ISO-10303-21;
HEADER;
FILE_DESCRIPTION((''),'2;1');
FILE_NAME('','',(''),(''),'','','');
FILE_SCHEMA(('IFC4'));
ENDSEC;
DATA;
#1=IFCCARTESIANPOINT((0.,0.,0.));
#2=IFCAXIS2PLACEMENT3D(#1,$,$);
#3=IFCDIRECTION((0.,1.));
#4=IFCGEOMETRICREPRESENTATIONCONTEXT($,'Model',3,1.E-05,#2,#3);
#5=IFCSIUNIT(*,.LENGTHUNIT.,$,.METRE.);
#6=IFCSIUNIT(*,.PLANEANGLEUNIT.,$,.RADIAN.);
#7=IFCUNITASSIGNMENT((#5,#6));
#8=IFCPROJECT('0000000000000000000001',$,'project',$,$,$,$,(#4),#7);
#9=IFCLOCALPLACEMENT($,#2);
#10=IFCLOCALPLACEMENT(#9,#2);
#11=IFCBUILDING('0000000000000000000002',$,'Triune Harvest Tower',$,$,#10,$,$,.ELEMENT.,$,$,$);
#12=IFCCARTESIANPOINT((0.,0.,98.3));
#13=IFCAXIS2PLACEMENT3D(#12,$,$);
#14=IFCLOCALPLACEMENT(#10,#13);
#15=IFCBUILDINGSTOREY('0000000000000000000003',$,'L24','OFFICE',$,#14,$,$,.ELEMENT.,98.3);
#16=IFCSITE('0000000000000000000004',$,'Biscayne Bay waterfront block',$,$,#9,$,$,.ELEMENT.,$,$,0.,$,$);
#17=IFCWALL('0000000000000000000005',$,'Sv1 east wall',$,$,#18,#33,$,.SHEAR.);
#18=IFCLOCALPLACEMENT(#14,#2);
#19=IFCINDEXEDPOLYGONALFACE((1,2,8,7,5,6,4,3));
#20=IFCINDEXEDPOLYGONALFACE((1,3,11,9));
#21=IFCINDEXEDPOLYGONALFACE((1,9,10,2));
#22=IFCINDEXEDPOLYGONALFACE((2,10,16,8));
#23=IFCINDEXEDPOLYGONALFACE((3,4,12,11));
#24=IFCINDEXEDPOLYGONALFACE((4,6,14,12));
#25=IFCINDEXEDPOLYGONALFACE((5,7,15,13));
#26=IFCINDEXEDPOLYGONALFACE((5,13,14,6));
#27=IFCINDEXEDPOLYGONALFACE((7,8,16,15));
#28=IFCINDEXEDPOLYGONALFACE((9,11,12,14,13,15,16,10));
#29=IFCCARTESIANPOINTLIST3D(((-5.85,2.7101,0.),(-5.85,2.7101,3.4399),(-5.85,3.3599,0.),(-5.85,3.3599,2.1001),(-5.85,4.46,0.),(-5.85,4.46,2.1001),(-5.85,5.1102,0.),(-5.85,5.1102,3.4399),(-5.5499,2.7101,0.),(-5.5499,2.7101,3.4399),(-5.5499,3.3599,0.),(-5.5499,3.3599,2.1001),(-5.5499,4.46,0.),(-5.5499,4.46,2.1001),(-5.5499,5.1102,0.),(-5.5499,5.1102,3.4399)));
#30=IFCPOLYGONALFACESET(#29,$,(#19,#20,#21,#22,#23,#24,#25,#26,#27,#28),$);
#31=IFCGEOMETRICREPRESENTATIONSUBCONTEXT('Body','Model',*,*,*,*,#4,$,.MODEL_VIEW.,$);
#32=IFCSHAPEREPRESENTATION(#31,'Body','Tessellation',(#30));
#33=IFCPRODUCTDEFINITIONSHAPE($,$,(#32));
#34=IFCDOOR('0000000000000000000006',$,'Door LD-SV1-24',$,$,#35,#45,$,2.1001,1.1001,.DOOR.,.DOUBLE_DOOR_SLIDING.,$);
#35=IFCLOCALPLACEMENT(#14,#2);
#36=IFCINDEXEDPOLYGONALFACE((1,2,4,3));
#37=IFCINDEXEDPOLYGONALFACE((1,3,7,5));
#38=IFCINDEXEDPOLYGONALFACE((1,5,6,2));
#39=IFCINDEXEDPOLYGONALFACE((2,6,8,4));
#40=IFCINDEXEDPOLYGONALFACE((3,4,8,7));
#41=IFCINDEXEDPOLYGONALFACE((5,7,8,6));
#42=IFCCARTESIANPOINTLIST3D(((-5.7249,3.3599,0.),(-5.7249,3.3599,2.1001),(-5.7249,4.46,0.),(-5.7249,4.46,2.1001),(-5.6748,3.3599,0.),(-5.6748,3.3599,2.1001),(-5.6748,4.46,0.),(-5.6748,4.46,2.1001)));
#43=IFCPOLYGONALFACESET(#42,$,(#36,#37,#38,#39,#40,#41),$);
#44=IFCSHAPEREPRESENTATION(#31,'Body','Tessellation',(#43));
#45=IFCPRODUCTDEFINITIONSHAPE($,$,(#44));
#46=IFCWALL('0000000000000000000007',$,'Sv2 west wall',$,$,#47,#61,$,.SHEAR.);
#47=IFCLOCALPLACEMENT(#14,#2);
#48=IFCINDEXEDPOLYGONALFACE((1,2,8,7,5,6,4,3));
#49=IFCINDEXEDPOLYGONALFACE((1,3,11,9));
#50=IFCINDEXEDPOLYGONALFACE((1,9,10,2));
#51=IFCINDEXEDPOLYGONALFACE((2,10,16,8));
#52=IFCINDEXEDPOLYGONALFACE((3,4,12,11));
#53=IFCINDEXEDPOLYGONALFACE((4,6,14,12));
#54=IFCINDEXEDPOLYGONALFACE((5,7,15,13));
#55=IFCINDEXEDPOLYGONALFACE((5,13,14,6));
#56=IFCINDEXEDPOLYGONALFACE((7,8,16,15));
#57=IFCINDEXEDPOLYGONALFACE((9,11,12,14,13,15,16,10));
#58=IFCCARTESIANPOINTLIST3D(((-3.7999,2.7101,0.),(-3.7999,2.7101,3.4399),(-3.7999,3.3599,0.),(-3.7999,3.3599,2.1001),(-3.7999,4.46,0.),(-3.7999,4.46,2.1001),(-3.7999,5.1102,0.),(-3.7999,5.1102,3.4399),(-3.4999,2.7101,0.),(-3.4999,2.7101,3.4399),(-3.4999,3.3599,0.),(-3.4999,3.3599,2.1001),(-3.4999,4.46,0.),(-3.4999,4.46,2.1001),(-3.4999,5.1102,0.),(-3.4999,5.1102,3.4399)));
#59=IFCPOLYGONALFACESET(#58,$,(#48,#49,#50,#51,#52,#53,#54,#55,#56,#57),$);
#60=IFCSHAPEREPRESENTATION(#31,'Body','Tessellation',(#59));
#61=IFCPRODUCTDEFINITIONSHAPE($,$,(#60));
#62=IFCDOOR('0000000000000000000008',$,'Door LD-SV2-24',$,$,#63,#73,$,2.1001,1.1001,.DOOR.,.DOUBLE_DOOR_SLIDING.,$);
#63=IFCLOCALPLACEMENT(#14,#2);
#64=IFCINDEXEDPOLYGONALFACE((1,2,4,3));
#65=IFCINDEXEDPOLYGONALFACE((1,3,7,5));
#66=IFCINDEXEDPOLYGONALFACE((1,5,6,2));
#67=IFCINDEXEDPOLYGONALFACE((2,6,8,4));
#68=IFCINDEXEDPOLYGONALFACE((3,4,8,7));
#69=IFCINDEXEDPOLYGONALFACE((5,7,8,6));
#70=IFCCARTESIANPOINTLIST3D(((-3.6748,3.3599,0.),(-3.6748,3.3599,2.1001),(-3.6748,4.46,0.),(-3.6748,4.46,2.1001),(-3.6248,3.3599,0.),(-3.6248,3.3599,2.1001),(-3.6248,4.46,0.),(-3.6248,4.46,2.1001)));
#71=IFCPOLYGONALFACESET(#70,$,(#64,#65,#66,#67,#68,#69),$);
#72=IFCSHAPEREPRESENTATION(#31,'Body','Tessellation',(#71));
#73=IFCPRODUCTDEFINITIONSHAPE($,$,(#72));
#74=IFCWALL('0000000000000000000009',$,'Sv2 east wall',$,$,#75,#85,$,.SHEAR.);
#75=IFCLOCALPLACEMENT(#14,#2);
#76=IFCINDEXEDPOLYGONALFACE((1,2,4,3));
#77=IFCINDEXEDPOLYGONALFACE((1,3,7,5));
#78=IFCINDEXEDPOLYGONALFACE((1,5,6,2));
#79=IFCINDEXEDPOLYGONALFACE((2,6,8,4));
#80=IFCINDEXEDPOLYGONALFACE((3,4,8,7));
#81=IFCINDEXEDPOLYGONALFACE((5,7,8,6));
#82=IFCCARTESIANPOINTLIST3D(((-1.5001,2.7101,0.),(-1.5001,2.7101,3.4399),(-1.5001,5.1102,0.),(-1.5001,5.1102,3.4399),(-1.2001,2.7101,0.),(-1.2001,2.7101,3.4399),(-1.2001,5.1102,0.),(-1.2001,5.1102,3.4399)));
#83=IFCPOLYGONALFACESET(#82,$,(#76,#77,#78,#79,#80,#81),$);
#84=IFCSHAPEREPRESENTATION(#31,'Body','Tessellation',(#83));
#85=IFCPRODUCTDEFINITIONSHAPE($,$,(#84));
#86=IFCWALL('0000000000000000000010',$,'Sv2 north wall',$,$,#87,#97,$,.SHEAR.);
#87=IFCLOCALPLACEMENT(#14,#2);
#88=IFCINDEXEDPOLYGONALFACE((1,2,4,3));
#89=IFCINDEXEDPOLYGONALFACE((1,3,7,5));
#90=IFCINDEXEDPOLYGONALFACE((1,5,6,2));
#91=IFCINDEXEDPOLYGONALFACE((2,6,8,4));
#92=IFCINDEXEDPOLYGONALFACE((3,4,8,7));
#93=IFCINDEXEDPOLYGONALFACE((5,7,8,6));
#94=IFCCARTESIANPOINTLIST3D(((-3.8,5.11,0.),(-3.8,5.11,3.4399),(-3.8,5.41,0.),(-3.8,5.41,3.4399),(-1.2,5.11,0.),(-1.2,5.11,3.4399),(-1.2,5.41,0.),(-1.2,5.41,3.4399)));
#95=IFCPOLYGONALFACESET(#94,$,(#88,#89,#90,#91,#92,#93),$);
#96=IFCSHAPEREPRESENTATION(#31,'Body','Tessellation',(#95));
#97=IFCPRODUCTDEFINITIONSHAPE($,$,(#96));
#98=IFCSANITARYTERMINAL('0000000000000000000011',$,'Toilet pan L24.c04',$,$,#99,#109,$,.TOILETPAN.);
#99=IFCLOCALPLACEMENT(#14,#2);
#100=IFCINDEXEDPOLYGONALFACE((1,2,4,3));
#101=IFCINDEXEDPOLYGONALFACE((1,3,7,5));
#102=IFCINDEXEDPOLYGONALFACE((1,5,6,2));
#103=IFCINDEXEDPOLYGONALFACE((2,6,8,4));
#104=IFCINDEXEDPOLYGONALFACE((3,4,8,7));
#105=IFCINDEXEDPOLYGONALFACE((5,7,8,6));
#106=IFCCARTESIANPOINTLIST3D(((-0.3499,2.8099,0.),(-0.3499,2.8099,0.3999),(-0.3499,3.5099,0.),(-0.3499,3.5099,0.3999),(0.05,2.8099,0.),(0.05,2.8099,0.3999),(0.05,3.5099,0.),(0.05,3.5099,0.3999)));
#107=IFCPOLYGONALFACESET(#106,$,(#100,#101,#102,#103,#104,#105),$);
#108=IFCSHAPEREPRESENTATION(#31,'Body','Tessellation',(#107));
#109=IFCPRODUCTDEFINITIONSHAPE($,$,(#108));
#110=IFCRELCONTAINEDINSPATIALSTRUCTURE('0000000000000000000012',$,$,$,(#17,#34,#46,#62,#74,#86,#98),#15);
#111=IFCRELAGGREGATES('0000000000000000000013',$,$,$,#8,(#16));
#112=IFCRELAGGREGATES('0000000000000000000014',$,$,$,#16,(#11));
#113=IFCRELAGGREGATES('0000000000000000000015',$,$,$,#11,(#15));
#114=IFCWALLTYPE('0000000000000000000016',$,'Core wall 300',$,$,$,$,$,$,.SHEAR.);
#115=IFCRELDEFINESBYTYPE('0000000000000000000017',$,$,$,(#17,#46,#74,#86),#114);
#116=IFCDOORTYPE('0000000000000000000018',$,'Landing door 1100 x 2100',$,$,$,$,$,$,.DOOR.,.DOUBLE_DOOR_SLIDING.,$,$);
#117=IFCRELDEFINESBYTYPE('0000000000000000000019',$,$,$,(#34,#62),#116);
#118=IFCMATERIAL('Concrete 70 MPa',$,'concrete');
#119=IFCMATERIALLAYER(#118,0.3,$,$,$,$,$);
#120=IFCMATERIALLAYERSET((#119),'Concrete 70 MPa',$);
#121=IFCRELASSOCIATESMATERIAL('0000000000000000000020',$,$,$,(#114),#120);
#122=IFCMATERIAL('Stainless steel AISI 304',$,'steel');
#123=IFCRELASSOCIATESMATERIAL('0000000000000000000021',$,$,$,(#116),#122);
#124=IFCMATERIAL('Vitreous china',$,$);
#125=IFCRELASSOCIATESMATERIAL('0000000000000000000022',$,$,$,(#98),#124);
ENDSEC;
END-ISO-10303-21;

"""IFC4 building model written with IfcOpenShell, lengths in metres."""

from ifc_helpers import new_model, si_unit, direction, frame, frame_2d, origin, origin_2d, place, context, subcontext, project, spatial, rectangle, extrude, source, transform, mapped, material, layer, layer_set, type_object, element, fill, save


model = new_model("IFC4")

# Units and contexts
model_context = context("Model", 3, precision=1e-05, world=origin(), true_north=direction((0.0, 1.0)))
body_context = subcontext(model_context, "Body", "Model", "MODEL_VIEW")
ifc_project = project(units=[si_unit("LENGTHUNIT", "METRE"), si_unit("PLANEANGLEUNIT", "RADIAN")], contexts=[model_context])

# Site, building, storey
site_placement = place(None, origin())
site = spatial("IfcSite", under=ifc_project, at=site_placement, Name="Biscayne Bay waterfront block", CompositionType="ELEMENT", RefElevation=0.0)
building_placement = place(site_placement, origin())
building = spatial("IfcBuilding", under=site, at=building_placement, Name="Triune Harvest Tower", CompositionType="ELEMENT")
storey_placement = place(building_placement, frame((0.0, 0.0, 98.3)))
storey = spatial("IfcBuildingStorey", under=building, at=storey_placement, Name="L24", Description="OFFICE", CompositionType="ELEMENT", Elevation=98.3)

# Shared definitions
ifc_material_1 = material(Name="Concrete 70 MPa", Category="concrete")
ifc_layer_1 = layer(ifc_material_1, 0.3)
ifc_layer_set_1 = layer_set([ifc_layer_1], Name="Concrete 70 MPa")
wall_type_1 = type_object("IfcWallType", Name="Core wall 300", PredefinedType="SHEAR", material=ifc_layer_set_1)
shared_shape_1 = source(origin(), body_context, "Body", "SweptSolid", [
    extrude(rectangle(XDim=2.4001, YDim=0.3, at=frame_2d((1.2002, 0.0))), origin(), (0.0, 0.0, 1.0), 3.4399),
])

# Walls, openings, doors
wall_1_placement = place(storey_placement, frame((-5.7, 2.71, 0.0), z_axis=(0.0, 0.0, 1.0), x_axis=(0.0, 1.0, 0.0)))
wall_1 = element("IfcWall", 1, at=wall_1_placement, inside=storey, type_object=wall_type_1, Name="Sv1 east wall", PredefinedType="SHEAR", context=body_context, shape_type="MappedRepresentation", body=[
    mapped(shared_shape_1, transform((0.0, 0.0, 0.0), scale=1.0)),
])
opening_1_placement = place(wall_1_placement, frame((0.6499, 0.0, 0.0)))
opening_1 = element("IfcOpeningElement", 2, at=opening_1_placement, cuts=wall_1, PredefinedType="OPENING", context=body_context, shape_type="SweptSolid", body=[
    extrude(rectangle(XDim=1.1001, YDim=2.1001, at=frame_2d((0.55, 1.05))), frame((0.0, 0.1602, 0.0), z_axis=(0.0, -1.0, 0.0), x_axis=(1.0, 0.0, 0.0)), (0.0, 0.0, 1.0), 0.3201),
])
ifc_material_2 = material(Name="Stainless steel AISI 304", Category="steel")
door_type_1 = type_object("IfcDoorType", Name="Landing door 1100 x 2100", OperationType="DOUBLE_DOOR_SLIDING", PredefinedType="DOOR", material=ifc_material_2)
door_1_placement = place(opening_1_placement, origin())
door_1 = element("IfcDoor", 3, at=door_1_placement, inside=storey, type_object=door_type_1, Name="Door LD-SV1-24", OperationType="DOUBLE_DOOR_SLIDING", OverallHeight=2.1001, OverallWidth=1.1001, PredefinedType="DOOR", context=body_context, shape_type="SweptSolid", body=[
    extrude(rectangle(XDim=1.1001, YDim=2.1001, at=frame_2d((0.55, 1.05))), frame((0.0, 0.0249, 0.0), z_axis=(0.0, -1.0, 0.0), x_axis=(1.0, 0.0, 0.0)), (0.0, 0.0, 1.0), 0.05),
])
fill(opening_1, door_1)
wall_2_placement = place(storey_placement, frame((-3.6499, 2.71, 0.0), z_axis=(0.0, 0.0, 1.0), x_axis=(0.0, 1.0, 0.0)))
wall_2 = element("IfcWall", 4, at=wall_2_placement, inside=storey, type_object=wall_type_1, Name="Sv2 west wall", PredefinedType="SHEAR", context=body_context, shape_type="MappedRepresentation", body=[
    mapped(shared_shape_1, transform((0.0, 0.0, 0.0), scale=1.0)),
])
opening_2_placement = place(wall_2_placement, frame((0.6499, 0.0, 0.0)))
opening_2 = element("IfcOpeningElement", 5, at=opening_2_placement, cuts=wall_2, PredefinedType="OPENING", context=body_context, shape_type="SweptSolid", body=[
    extrude(rectangle(XDim=1.1001, YDim=2.1001, at=frame_2d((0.55, 1.05))), frame((0.0, 0.1602, 0.0), z_axis=(0.0, -1.0, 0.0), x_axis=(1.0, 0.0, 0.0)), (0.0, 0.0, 1.0), 0.3201),
])
door_2_placement = place(opening_2_placement, origin())
door_2 = element("IfcDoor", 6, at=door_2_placement, inside=storey, type_object=door_type_1, Name="Door LD-SV2-24", OperationType="DOUBLE_DOOR_SLIDING", OverallHeight=2.1001, OverallWidth=1.1001, PredefinedType="DOOR", context=body_context, shape_type="SweptSolid", body=[
    extrude(rectangle(XDim=1.1001, YDim=2.1001, at=frame_2d((0.55, 1.05))), frame((0.0, 0.0249, 0.0), z_axis=(0.0, -1.0, 0.0), x_axis=(1.0, 0.0, 0.0)), (0.0, 0.0, 1.0), 0.05),
])
fill(opening_2, door_2)

# Walls
wall_3_placement = place(storey_placement, frame((-1.3501, 2.71, 0.0), z_axis=(0.0, 0.0, 1.0), x_axis=(0.0, 1.0, 0.0)))
element("IfcWall", 7, at=wall_3_placement, inside=storey, type_object=wall_type_1, Name="Sv2 east wall", PredefinedType="SHEAR", context=body_context, shape_type="MappedRepresentation", body=[
    mapped(shared_shape_1, transform((0.0, 0.0, 0.0), scale=1.0)),
])
shared_shape_2 = source(origin(), body_context, "Body", "SweptSolid", [
    extrude(rectangle(XDim=2.6001, YDim=0.3, at=frame_2d((1.3, 0.0))), origin(), (0.0, 0.0, 1.0), 3.4399),
])
wall_4_placement = place(storey_placement, frame((-3.8, 5.26, 0.0), z_axis=(0.0, 0.0, 1.0), x_axis=(1.0, 0.0, 0.0)))
element("IfcWall", 8, at=wall_4_placement, inside=storey, type_object=wall_type_1, Name="Sv2 north wall", PredefinedType="SHEAR", context=body_context, shape_type="MappedRepresentation", body=[
    mapped(shared_shape_2, transform((0.0, 0.0, 0.0), scale=1.0)),
])

# Sanitary terminal
ifc_material_3 = material(Name="Vitreous china")
shared_shape_3 = source(origin(), body_context, "Body", "SweptSolid", [
    extrude(rectangle(XDim=0.3999, YDim=0.7, at=origin_2d()), origin(), (0.0, 0.0, 1.0), 0.3999),
])
sanitary_terminal_placement = place(storey_placement, frame((-0.1499, 3.1599, 0.0), z_axis=(0.0, 0.0, 1.0), x_axis=(-1.0, 0.0, 0.0)))
element("IfcSanitaryTerminal", 9, at=sanitary_terminal_placement, inside=storey, material=ifc_material_3, Name="Toilet pan L24.c04", PredefinedType="TOILETPAN", context=body_context, shape_type="MappedRepresentation", body=[
    mapped(shared_shape_3, transform((0.0, 0.0, 0.0), scale=1.0)),
])

save(model, "model.ifc")
